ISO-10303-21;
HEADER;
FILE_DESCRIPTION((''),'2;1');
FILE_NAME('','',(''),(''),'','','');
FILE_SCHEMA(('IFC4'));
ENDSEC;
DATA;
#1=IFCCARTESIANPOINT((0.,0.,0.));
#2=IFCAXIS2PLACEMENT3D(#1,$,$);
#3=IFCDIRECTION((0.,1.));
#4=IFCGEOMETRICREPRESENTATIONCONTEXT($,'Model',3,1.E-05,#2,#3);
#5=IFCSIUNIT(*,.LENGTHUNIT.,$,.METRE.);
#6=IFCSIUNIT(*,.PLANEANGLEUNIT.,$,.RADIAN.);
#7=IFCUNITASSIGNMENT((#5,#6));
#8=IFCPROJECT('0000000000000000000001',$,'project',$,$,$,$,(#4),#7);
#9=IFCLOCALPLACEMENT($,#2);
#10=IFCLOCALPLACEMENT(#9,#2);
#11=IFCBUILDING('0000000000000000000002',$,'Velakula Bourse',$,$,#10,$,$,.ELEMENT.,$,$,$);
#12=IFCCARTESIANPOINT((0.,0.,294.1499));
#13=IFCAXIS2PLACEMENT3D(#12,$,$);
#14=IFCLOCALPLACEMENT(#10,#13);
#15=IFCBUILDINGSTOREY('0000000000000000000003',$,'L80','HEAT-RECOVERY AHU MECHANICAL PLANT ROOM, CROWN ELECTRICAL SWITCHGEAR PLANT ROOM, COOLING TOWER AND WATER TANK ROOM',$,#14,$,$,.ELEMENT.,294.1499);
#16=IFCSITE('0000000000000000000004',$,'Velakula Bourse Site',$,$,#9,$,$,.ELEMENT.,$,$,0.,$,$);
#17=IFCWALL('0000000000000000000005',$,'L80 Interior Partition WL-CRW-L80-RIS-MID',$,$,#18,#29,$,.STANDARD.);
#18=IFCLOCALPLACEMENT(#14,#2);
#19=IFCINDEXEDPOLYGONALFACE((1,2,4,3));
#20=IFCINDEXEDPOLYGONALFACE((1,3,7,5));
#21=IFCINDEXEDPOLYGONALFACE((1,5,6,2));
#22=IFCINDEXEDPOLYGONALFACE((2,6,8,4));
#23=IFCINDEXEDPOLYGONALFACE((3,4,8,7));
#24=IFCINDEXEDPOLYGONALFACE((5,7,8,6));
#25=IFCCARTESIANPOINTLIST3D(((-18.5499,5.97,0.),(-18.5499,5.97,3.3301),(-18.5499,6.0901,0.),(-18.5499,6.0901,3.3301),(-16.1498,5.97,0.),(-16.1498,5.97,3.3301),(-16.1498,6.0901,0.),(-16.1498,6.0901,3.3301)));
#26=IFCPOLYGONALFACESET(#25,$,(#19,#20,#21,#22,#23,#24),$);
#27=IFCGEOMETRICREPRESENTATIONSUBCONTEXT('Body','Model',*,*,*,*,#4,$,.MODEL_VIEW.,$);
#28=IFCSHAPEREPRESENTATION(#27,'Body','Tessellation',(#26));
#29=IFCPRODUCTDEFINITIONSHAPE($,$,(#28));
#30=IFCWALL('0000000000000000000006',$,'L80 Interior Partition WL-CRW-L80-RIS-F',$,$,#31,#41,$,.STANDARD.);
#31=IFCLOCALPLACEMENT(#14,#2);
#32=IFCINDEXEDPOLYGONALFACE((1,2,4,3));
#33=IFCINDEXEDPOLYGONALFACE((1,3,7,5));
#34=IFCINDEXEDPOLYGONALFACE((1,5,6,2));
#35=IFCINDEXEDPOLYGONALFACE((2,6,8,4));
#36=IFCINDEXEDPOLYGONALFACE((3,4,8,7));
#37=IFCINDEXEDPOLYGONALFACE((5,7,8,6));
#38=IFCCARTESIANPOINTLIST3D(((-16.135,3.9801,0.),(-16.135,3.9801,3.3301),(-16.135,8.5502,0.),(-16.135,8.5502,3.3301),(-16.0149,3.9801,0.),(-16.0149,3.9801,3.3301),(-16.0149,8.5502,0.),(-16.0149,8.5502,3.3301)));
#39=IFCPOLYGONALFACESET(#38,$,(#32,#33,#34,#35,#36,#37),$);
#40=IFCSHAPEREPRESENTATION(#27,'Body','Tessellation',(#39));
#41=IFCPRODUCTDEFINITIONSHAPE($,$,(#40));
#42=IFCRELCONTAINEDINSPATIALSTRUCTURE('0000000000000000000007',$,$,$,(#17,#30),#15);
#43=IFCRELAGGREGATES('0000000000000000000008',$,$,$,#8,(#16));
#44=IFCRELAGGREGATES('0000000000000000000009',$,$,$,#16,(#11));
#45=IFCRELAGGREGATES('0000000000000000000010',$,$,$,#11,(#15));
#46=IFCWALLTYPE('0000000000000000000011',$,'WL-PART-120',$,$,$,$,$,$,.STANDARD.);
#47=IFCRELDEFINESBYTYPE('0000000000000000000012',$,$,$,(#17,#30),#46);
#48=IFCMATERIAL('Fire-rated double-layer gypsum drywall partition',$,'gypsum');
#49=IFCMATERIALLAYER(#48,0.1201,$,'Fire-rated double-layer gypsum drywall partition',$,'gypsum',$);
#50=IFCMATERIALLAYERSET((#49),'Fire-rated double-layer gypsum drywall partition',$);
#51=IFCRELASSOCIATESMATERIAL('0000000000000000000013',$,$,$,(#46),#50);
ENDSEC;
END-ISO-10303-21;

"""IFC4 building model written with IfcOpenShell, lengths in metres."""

from ifc_helpers import new_model, si_unit, direction, frame, frame_2d, origin, place, context, subcontext, project, spatial, rectangle, extrude, material, layer, layer_set, type_object, element, save


model = new_model("IFC4")

# Units and contexts
model_context = context("Model", 3, precision=1e-05, world=origin(), true_north=direction((0.0, 1.0)))
body_context = subcontext(model_context, "Body", "Model", "MODEL_VIEW")
ifc_project = project(units=[si_unit("LENGTHUNIT", "METRE"), si_unit("PLANEANGLEUNIT", "RADIAN")], contexts=[model_context])

# Site, building, storey
site_placement = place(None, origin())
site = spatial("IfcSite", under=ifc_project, at=site_placement, Name="Velakula Bourse Site", CompositionType="ELEMENT", RefElevation=0.0)
building_placement = place(site_placement, origin())
building = spatial("IfcBuilding", under=site, at=building_placement, Name="Velakula Bourse", CompositionType="ELEMENT")
storey_placement = place(building_placement, frame((0.0, 0.0, 294.1499)))
storey = spatial("IfcBuildingStorey", under=building, at=storey_placement, Name="L80", Description="HEAT-RECOVERY AHU MECHANICAL PLANT ROOM, CROWN ELECTRICAL SWITCHGEAR PLANT ROOM, COOLING TOWER AND WATER TANK ROOM", CompositionType="ELEMENT", Elevation=294.1499)

# Shared definitions
ifc_material_1 = material(Name="Fire-rated double-layer gypsum drywall partition", Category="gypsum")
ifc_layer_1 = layer(ifc_material_1, 0.1201, Name="Fire-rated double-layer gypsum drywall partition", Category="gypsum")
ifc_layer_set_1 = layer_set([ifc_layer_1], Name="Fire-rated double-layer gypsum drywall partition")
wall_type_1 = type_object("IfcWallType", Name="WL-PART-120", PredefinedType="STANDARD", material=ifc_layer_set_1)

# Walls
wall_1_placement = place(storey_placement, frame((-18.55, 6.03, 0.0), z_axis=(0.0, 0.0, 1.0), x_axis=(1.0, 0.0, 0.0)))
element("IfcWall", 1, at=wall_1_placement, inside=storey, type_object=wall_type_1, Name="L80 Interior Partition WL-CRW-L80-RIS-MID", PredefinedType="STANDARD", context=body_context, shape_type="SweptSolid", body=[
    extrude(rectangle(XDim=2.4001, YDim=0.1201, at=frame_2d((1.2002, 0.0))), origin(), (0.0, 0.0, 1.0), 3.3301),
])
wall_2_placement = place(storey_placement, frame((-16.075, 3.98, 0.0), z_axis=(0.0, 0.0, 1.0), x_axis=(0.0, 1.0, 0.0)))
element("IfcWall", 2, at=wall_2_placement, inside=storey, type_object=wall_type_1, Name="L80 Interior Partition WL-CRW-L80-RIS-F", PredefinedType="STANDARD", context=body_context, shape_type="SweptSolid", body=[
    extrude(rectangle(XDim=4.5701, YDim=0.1201, at=frame_2d((2.2852, 0.0))), origin(), (0.0, 0.0, 1.0), 3.3301),
])

save(model, "model.ifc")
